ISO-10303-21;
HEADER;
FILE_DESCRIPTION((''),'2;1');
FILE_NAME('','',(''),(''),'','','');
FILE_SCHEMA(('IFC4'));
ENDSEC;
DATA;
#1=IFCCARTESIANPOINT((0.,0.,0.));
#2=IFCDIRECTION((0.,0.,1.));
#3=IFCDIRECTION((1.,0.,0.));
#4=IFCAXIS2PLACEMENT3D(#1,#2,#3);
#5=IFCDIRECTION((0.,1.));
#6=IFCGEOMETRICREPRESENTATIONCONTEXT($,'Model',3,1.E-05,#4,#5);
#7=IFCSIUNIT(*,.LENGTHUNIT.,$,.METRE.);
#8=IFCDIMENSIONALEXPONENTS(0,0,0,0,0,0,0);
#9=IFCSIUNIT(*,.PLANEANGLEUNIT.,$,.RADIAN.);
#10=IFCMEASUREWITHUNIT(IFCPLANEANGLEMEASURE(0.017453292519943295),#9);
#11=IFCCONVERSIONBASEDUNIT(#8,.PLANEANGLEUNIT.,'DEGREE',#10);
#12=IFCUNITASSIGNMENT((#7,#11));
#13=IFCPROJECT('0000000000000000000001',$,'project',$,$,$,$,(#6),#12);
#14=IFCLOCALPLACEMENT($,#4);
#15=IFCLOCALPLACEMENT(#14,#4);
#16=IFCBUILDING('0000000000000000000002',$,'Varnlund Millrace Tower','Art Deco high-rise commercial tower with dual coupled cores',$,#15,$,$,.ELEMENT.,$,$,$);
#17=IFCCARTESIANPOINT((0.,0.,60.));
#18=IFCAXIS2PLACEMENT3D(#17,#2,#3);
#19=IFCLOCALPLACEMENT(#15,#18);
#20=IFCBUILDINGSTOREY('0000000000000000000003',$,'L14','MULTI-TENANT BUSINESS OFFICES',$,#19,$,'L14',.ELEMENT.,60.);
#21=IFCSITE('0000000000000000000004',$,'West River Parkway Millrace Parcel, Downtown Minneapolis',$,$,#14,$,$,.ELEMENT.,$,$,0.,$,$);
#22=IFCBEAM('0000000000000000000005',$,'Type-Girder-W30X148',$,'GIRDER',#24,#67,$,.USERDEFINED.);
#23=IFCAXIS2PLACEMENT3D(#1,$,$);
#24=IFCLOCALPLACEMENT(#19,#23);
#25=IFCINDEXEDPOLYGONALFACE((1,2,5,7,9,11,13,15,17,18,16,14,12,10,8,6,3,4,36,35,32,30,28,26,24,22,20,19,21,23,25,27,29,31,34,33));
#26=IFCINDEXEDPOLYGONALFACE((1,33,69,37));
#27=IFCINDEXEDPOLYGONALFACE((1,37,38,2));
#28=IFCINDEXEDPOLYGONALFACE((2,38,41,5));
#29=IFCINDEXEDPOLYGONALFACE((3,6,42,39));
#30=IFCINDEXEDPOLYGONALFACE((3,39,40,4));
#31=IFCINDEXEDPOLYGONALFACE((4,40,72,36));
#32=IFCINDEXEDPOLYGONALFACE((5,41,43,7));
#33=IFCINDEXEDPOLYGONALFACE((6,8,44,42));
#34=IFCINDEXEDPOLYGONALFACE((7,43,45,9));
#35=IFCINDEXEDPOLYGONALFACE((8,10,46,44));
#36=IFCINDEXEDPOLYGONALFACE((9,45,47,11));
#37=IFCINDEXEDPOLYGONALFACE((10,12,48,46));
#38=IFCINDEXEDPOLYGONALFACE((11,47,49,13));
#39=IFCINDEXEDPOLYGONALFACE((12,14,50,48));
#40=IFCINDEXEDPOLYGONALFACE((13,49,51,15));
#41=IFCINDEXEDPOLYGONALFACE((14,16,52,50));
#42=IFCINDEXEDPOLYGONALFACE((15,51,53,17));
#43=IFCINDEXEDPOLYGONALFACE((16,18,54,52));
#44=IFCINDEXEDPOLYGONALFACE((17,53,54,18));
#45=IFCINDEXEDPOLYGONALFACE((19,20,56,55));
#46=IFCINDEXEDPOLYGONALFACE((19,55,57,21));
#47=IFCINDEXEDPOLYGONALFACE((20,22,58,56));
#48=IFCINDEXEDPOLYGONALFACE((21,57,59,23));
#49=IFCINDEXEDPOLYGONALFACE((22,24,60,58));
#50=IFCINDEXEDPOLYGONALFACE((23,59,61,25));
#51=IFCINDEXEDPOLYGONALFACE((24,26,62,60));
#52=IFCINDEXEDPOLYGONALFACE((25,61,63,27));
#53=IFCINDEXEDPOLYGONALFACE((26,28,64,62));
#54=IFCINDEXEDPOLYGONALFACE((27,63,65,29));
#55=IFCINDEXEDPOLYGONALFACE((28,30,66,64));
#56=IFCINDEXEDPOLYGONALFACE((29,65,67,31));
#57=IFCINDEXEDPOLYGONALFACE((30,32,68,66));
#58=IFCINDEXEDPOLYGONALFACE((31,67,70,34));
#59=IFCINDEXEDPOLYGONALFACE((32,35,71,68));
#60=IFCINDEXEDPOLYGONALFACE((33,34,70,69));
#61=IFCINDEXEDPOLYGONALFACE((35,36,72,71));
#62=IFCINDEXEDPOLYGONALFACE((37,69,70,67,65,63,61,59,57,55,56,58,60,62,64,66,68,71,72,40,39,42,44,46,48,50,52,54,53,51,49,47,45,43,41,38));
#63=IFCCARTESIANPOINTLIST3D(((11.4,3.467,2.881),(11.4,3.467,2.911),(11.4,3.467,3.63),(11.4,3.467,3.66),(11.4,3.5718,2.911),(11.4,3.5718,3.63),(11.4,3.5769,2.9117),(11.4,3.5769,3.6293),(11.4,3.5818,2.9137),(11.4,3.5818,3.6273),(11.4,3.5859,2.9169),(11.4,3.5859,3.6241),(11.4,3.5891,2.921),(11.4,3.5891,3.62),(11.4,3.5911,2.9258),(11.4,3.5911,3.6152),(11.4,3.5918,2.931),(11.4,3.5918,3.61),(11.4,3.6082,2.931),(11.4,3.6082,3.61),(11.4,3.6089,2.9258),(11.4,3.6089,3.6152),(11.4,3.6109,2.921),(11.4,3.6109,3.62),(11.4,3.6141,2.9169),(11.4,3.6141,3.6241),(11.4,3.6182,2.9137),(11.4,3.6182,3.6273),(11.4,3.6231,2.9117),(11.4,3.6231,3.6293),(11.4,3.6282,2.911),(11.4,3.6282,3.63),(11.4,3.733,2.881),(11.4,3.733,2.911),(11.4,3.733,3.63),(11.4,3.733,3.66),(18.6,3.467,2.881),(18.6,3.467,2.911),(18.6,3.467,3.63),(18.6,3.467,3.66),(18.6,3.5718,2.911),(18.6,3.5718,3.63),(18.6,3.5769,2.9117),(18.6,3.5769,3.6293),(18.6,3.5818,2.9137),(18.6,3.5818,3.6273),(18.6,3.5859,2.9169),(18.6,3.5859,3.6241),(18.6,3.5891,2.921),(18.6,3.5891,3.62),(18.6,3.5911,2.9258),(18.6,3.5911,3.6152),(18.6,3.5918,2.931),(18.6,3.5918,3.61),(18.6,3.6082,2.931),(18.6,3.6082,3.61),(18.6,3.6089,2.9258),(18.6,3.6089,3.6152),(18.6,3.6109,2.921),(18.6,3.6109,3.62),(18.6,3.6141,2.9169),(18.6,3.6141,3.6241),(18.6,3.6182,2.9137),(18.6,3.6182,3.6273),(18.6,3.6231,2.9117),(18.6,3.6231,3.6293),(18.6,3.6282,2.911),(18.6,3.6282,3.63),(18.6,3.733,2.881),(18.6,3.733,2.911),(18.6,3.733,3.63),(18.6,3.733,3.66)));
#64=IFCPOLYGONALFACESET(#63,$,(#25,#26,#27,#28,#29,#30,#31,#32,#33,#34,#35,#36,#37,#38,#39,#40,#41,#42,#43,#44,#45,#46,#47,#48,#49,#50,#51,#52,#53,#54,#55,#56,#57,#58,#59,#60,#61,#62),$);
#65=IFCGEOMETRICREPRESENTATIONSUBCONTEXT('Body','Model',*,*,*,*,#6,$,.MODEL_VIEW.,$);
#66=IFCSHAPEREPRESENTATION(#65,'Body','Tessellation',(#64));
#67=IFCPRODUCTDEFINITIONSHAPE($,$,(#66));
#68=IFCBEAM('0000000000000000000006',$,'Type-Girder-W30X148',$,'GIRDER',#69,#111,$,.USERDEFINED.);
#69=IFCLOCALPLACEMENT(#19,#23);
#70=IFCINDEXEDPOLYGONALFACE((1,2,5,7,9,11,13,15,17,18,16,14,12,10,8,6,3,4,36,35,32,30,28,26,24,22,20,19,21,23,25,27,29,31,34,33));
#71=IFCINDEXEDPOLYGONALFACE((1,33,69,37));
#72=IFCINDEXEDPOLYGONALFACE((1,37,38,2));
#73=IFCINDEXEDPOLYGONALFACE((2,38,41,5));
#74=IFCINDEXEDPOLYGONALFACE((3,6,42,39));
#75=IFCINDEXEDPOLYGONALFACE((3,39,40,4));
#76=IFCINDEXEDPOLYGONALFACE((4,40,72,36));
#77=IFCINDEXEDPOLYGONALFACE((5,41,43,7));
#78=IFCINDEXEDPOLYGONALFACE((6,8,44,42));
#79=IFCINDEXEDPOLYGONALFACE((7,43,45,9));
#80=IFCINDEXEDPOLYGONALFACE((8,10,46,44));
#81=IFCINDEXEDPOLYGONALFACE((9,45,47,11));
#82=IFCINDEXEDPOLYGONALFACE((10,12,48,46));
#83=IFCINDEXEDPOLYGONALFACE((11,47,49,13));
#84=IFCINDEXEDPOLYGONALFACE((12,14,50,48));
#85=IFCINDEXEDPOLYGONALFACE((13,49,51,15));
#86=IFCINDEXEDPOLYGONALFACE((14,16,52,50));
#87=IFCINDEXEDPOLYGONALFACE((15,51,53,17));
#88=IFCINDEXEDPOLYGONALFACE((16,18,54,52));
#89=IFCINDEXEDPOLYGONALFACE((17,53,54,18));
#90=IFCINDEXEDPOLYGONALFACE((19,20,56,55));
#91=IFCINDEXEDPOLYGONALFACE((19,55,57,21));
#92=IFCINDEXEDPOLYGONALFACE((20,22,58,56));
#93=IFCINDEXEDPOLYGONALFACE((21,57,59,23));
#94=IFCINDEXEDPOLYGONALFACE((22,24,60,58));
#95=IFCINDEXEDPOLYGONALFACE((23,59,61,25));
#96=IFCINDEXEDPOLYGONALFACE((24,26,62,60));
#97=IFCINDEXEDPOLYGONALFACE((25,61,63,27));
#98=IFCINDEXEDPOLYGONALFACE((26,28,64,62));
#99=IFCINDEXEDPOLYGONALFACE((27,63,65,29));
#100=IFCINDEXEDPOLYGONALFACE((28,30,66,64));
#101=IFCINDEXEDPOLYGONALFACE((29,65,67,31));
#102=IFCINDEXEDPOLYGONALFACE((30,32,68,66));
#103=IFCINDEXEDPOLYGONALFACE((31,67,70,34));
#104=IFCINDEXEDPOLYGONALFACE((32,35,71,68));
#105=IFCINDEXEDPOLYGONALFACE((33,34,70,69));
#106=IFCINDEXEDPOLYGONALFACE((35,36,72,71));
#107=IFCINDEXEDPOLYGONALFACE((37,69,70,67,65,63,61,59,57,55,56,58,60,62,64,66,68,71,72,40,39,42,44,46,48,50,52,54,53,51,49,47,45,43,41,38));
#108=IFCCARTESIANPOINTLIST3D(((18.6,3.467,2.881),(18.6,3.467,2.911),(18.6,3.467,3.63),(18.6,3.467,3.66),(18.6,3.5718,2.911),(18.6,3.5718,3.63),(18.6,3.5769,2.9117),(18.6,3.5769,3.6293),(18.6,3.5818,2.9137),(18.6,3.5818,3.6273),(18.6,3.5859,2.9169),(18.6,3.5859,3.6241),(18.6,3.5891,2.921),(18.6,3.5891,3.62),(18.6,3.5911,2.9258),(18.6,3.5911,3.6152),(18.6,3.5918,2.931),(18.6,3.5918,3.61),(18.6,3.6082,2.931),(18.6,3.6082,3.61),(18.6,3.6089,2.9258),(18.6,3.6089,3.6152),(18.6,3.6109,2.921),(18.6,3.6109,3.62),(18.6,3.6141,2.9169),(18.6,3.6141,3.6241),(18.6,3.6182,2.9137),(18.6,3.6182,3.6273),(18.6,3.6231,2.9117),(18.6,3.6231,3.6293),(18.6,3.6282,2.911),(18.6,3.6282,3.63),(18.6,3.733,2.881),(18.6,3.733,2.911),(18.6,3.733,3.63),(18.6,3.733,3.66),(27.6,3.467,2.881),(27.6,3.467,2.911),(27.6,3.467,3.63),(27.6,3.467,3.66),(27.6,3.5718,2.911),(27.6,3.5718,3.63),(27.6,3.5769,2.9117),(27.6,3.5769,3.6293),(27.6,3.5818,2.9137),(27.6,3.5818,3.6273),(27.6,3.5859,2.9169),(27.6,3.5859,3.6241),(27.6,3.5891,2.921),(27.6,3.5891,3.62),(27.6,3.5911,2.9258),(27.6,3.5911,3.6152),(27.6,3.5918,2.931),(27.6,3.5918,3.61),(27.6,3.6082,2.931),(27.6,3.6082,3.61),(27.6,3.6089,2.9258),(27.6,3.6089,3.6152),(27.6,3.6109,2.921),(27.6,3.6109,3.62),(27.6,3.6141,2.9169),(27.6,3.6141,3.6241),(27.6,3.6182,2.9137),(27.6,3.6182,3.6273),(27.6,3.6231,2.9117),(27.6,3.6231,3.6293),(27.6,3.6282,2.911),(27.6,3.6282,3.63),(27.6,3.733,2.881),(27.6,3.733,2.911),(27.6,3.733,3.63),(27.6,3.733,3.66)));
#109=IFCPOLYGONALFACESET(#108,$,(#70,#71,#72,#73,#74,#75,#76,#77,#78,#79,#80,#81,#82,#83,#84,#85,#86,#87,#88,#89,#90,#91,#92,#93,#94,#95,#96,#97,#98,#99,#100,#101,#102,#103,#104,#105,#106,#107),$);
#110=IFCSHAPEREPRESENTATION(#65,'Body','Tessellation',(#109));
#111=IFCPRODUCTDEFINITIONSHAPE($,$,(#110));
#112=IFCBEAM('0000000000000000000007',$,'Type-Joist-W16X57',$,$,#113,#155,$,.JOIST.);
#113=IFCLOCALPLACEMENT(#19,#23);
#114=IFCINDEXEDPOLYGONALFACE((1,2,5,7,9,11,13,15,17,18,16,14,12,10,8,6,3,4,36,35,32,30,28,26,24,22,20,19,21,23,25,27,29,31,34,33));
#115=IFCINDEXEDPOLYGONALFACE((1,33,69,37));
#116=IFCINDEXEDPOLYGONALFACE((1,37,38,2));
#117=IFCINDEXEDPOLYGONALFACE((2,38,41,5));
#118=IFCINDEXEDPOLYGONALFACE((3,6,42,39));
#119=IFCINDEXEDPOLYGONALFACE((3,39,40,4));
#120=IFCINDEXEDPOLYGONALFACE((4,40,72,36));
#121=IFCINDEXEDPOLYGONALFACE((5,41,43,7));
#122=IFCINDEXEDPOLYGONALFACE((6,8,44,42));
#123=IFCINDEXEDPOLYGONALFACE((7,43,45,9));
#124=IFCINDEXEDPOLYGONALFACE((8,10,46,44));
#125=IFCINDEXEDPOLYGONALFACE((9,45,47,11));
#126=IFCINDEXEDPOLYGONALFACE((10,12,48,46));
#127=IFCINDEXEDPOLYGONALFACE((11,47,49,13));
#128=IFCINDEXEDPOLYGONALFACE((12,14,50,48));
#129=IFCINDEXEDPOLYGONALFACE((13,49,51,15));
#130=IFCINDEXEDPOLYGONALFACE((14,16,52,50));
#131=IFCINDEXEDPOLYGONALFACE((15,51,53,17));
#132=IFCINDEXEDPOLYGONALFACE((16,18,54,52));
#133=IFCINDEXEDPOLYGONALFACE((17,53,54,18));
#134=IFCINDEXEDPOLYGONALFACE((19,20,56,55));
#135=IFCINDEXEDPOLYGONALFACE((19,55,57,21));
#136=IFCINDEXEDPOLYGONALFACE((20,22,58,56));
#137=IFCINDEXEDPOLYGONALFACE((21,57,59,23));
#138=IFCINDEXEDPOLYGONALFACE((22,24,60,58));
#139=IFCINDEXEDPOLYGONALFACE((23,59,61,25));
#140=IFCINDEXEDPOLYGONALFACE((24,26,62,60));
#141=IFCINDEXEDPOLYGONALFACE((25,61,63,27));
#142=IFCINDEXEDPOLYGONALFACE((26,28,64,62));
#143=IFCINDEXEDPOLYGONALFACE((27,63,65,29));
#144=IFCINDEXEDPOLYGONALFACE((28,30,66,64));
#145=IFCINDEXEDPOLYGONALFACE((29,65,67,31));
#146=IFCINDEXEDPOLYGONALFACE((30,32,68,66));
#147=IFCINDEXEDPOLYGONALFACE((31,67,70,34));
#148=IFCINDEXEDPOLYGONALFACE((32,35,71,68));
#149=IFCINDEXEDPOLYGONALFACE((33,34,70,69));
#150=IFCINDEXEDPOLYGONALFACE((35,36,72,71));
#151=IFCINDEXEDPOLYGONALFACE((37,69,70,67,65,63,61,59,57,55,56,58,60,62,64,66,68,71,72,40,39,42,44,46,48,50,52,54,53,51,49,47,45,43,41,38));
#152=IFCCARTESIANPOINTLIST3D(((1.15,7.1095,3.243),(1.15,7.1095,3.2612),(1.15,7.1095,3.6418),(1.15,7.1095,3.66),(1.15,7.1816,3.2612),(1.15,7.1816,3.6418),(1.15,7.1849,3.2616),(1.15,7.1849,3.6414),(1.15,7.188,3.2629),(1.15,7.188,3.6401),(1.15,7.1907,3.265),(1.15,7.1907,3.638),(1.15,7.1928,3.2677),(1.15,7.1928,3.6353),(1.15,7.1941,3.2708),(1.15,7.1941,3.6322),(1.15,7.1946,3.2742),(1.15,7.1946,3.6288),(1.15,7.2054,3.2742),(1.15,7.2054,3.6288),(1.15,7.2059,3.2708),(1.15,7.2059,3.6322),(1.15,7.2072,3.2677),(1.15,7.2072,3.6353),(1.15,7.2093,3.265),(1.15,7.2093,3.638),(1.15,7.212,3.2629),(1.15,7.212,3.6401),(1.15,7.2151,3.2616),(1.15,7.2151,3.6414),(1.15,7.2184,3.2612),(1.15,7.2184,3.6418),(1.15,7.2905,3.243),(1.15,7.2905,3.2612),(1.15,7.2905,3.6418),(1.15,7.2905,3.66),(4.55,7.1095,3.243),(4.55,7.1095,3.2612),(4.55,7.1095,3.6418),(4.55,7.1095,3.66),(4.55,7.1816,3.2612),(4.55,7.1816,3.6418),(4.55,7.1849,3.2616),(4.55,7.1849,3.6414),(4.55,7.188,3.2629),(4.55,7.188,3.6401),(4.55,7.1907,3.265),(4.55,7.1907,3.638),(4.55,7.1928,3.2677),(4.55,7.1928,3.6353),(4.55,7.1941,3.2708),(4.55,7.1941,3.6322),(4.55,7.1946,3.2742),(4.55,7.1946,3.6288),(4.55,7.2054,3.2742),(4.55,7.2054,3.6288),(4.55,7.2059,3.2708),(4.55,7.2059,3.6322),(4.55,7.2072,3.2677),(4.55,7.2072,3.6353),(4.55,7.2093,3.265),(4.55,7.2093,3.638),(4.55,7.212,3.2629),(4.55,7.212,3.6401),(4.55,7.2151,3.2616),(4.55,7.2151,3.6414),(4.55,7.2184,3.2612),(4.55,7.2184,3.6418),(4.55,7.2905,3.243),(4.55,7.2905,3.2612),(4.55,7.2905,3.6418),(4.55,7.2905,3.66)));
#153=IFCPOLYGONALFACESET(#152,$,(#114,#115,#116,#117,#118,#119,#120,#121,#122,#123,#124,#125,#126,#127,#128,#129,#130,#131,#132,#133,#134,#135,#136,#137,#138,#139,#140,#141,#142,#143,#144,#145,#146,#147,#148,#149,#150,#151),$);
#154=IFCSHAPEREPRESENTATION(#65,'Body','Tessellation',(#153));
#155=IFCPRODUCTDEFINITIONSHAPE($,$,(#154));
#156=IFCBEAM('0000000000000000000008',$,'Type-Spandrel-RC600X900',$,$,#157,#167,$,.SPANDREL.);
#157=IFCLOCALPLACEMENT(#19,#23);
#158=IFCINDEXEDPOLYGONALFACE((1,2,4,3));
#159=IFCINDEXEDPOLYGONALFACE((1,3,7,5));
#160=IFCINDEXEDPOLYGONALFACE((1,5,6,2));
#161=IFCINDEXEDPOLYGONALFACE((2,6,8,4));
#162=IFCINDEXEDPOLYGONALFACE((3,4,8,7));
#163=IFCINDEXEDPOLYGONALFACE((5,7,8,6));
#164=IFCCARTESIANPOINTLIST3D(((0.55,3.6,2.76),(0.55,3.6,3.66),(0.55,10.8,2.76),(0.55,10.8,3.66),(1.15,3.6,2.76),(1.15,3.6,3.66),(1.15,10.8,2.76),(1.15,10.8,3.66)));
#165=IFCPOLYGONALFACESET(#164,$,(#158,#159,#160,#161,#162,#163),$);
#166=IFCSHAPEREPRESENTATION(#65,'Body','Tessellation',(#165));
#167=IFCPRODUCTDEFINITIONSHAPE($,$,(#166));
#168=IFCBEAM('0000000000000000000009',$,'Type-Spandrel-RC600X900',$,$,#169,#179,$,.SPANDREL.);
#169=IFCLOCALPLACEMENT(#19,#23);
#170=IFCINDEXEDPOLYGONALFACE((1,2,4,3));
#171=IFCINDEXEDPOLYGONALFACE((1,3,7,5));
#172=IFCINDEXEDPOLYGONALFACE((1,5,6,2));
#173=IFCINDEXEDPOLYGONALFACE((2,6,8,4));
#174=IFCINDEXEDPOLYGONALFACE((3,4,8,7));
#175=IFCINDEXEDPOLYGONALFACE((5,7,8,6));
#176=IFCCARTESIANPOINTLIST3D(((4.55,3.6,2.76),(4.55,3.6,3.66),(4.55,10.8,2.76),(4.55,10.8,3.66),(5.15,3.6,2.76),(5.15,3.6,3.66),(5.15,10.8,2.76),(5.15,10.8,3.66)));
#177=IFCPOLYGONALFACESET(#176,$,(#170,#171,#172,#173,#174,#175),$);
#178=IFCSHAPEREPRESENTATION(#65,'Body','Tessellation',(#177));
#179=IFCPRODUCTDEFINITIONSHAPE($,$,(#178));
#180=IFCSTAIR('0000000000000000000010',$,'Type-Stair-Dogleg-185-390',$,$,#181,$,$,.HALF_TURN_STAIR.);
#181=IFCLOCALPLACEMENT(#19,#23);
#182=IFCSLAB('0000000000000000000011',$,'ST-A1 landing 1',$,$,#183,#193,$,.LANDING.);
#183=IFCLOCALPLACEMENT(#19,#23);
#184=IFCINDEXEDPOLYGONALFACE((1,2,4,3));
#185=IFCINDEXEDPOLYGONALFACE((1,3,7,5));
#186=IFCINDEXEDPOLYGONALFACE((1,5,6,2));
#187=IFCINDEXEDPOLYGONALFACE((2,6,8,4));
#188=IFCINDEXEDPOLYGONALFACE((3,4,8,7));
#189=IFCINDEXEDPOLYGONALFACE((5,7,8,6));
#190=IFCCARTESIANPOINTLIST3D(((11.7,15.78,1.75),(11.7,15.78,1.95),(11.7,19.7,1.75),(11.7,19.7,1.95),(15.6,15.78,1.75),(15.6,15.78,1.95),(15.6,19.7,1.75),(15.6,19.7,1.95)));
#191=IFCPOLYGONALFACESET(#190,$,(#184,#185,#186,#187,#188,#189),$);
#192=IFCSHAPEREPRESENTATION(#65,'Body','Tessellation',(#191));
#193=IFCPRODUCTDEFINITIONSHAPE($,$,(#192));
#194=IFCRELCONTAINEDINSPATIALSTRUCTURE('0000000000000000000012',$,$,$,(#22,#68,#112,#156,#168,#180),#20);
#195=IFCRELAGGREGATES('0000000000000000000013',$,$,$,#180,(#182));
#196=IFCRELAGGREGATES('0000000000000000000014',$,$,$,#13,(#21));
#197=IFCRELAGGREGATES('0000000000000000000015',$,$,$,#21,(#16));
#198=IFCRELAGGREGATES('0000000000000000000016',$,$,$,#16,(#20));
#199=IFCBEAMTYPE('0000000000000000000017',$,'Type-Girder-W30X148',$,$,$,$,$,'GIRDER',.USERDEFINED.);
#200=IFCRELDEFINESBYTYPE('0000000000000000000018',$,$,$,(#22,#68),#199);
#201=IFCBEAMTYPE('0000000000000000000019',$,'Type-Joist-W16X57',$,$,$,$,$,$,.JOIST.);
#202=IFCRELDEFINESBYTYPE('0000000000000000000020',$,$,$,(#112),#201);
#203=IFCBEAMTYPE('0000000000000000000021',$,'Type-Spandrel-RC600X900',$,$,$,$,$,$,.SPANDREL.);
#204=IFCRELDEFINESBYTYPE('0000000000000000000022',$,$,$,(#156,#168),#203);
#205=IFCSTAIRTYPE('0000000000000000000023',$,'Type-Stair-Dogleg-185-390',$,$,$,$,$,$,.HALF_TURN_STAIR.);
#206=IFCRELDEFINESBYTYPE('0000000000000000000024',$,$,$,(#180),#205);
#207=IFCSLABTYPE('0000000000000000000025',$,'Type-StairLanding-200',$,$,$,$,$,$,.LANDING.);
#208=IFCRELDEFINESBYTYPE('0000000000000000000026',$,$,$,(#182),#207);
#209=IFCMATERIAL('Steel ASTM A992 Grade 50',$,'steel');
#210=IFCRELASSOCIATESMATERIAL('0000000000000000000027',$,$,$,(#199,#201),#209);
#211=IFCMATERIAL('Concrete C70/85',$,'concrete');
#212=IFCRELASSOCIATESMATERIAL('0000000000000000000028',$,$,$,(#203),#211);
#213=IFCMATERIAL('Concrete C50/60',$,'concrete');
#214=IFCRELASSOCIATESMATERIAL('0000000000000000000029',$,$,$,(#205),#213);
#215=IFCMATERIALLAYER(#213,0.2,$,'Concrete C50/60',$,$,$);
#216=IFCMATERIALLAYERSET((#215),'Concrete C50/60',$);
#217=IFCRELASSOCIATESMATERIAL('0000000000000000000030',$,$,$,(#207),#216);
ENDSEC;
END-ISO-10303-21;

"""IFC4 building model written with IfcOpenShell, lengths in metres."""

from ifc_helpers import new_model, entity, si_unit, converted_unit, direction, frame, origin_with_axes, origin_2d_with_axis, place, context, subcontext, project, spatial, polyline, rectangle, i_section, outline, extrude, material, layer, layer_set, material_profile, profile_set, type_object, element, aggregate, save


model = new_model("IFC4")

# Units and contexts
model_context = context("Model", 3, precision=1e-05, world=origin_with_axes(), true_north=direction((0.0, 1.0)))
body_context = subcontext(model_context, "Body", "Model", "MODEL_VIEW")
ifc_project = project(units=[si_unit("LENGTHUNIT", "METRE"), converted_unit("PLANEANGLEUNIT", "DEGREE", entity("IfcPlaneAngleMeasure", 0.017453292519943295), si_unit("PLANEANGLEUNIT", "RADIAN"), dimensions=[0, 0, 0, 0, 0, 0, 0])], contexts=[model_context])

# Site, building, storey
site_placement = place(None, origin_with_axes())
site = spatial("IfcSite", under=ifc_project, at=site_placement, Name="West River Parkway Millrace Parcel, Downtown Minneapolis", CompositionType="ELEMENT", RefElevation=0.0)
building_placement = place(site_placement, origin_with_axes())
building = spatial("IfcBuilding", under=site, at=building_placement, Name="Varnlund Millrace Tower", Description="Art Deco high-rise commercial tower with dual coupled cores", CompositionType="ELEMENT")
storey_placement = place(building_placement, frame((0.0, 0.0, 60.0), z_axis=(0.0, 0.0, 1.0), x_axis=(1.0, 0.0, 0.0)))
storey = spatial("IfcBuildingStorey", under=building, at=storey_placement, Name="L14", Description="MULTI-TENANT BUSINESS OFFICES", LongName="L14", CompositionType="ELEMENT", Elevation=60.0)

# Beams
ifc_material_1 = material(Name="Steel ASTM A992 Grade 50", Category="steel")
ifc_material_profile_1 = material_profile(ifc_material_1, i_section(OverallWidth=0.266, OverallDepth=0.779, WebThickness=0.0165, FlangeThickness=0.03, FilletRadius=0.02, at=origin_2d_with_axis()), Name="Steel ASTM A992 Grade 50")
ifc_profile_set_1 = profile_set([ifc_material_profile_1], Name="Steel ASTM A992 Grade 50")
beam_type_1 = type_object("IfcBeamType", Name="Type-Girder-W30X148", ElementType="GIRDER", PredefinedType="USERDEFINED", material=ifc_profile_set_1)
beam_1_placement = place(storey_placement, frame((11.4, 3.6, 3.2705), z_axis=(1.0, 0.0, 0.0), x_axis=(0.0, 1.0, 0.0)))
element("IfcBeam", 1, at=beam_1_placement, inside=storey, type_object=beam_type_1, Name="Type-Girder-W30X148", ObjectType="GIRDER", PredefinedType="USERDEFINED", context=body_context, shape_type="SweptSolid", body=[
    extrude(i_section(OverallWidth=0.266, OverallDepth=0.779, WebThickness=0.0165, FlangeThickness=0.03, FilletRadius=0.02, at=origin_2d_with_axis()), origin_with_axes(), (0.0, 0.0, 1.0), 7.2),
])
beam_2_placement = place(storey_placement, frame((18.6, 3.6, 3.2705), z_axis=(1.0, 0.0, 0.0), x_axis=(0.0, 1.0, 0.0)))
element("IfcBeam", 2, at=beam_2_placement, inside=storey, type_object=beam_type_1, Name="Type-Girder-W30X148", ObjectType="GIRDER", PredefinedType="USERDEFINED", context=body_context, shape_type="SweptSolid", body=[
    extrude(i_section(OverallWidth=0.266, OverallDepth=0.779, WebThickness=0.0165, FlangeThickness=0.03, FilletRadius=0.02, at=origin_2d_with_axis()), origin_with_axes(), (0.0, 0.0, 1.0), 9.0),
])
ifc_material_profile_2 = material_profile(ifc_material_1, i_section(OverallWidth=0.181, OverallDepth=0.417, WebThickness=0.0109, FlangeThickness=0.0182, FilletRadius=0.013, at=origin_2d_with_axis()), Name="Steel ASTM A992 Grade 50")
ifc_profile_set_2 = profile_set([ifc_material_profile_2], Name="Steel ASTM A992 Grade 50")
beam_type_2 = type_object("IfcBeamType", Name="Type-Joist-W16X57", PredefinedType="JOIST", material=ifc_profile_set_2)
beam_3_placement = place(storey_placement, frame((1.15, 7.2, 3.4515), z_axis=(1.0, 0.0, 0.0), x_axis=(0.0, 1.0, 0.0)))
element("IfcBeam", 3, at=beam_3_placement, inside=storey, type_object=beam_type_2, Name="Type-Joist-W16X57", PredefinedType="JOIST", context=body_context, shape_type="SweptSolid", body=[
    extrude(i_section(OverallWidth=0.181, OverallDepth=0.417, WebThickness=0.0109, FlangeThickness=0.0182, FilletRadius=0.013, at=origin_2d_with_axis()), origin_with_axes(), (0.0, 0.0, 1.0), 3.4),
])
ifc_material_2 = material(Name="Concrete C70/85", Category="concrete")
ifc_material_profile_3 = material_profile(ifc_material_2, rectangle(XDim=0.6, YDim=0.9, at=origin_2d_with_axis()), Name="Concrete C70/85")
ifc_profile_set_3 = profile_set([ifc_material_profile_3], Name="Concrete C70/85")
beam_type_3 = type_object("IfcBeamType", Name="Type-Spandrel-RC600X900", PredefinedType="SPANDREL", material=ifc_profile_set_3)
for number, where, z_axis, x_axis, name in (
    (4, (0.85, 3.6, 3.21), (0.0, 1.0, 0.0), (-1.0, 0.0, 0.0), "Type-Spandrel-RC600X900"),
    (5, (4.85, 3.6, 3.21), (0.0, 1.0, 0.0), (-1.0, 0.0, 0.0), "Type-Spandrel-RC600X900"),
):
    element("IfcBeam", number, at=place(storey_placement, frame(where, z_axis=z_axis, x_axis=x_axis)), inside=storey, type_object=beam_type_3, Name=name, PredefinedType="SPANDREL", context=body_context, shape_type="SweptSolid", body=[
        extrude(rectangle(XDim=0.6, YDim=0.9, at=origin_2d_with_axis()), origin_with_axes(), (0.0, 0.0, 1.0), 7.2),
    ])

# Stair, slab
ifc_material_3 = material(Name="Concrete C50/60", Category="concrete")
stair_type_1 = type_object("IfcStairType", Name="Type-Stair-Dogleg-185-390", PredefinedType="HALF_TURN_STAIR", material=ifc_material_3)
stair_1_placement = place(storey_placement, origin_with_axes())
stair_1 = element("IfcStair", 6, at=stair_1_placement, inside=storey, type_object=stair_type_1, Name="Type-Stair-Dogleg-185-390", PredefinedType="HALF_TURN_STAIR")
ifc_layer_1 = layer(ifc_material_3, 0.2, Name="Concrete C50/60")
ifc_layer_set_1 = layer_set([ifc_layer_1], Name="Concrete C50/60")
slab_type = type_object("IfcSlabType", Name="Type-StairLanding-200", PredefinedType="LANDING", material=ifc_layer_set_1)
slab_1_placement = place(storey_placement, frame((0.0, 0.0, 1.75), z_axis=(0.0, 0.0, 1.0), x_axis=(1.0, 0.0, 0.0)))
slab_1 = element("IfcSlab", 7, at=slab_1_placement, type_object=slab_type, Name="ST-A1 landing 1", PredefinedType="LANDING", context=body_context, shape_type="SweptSolid", body=[
    extrude(outline(polyline([(15.6, 15.78), (15.6, 19.7), (11.7, 19.7), (11.7, 15.78), (15.6, 15.78)])), origin_with_axes(), (0.0, 0.0, 1.0), 0.2),
])
aggregate(stair_1, [slab_1])

save(model, "model.ifc")
